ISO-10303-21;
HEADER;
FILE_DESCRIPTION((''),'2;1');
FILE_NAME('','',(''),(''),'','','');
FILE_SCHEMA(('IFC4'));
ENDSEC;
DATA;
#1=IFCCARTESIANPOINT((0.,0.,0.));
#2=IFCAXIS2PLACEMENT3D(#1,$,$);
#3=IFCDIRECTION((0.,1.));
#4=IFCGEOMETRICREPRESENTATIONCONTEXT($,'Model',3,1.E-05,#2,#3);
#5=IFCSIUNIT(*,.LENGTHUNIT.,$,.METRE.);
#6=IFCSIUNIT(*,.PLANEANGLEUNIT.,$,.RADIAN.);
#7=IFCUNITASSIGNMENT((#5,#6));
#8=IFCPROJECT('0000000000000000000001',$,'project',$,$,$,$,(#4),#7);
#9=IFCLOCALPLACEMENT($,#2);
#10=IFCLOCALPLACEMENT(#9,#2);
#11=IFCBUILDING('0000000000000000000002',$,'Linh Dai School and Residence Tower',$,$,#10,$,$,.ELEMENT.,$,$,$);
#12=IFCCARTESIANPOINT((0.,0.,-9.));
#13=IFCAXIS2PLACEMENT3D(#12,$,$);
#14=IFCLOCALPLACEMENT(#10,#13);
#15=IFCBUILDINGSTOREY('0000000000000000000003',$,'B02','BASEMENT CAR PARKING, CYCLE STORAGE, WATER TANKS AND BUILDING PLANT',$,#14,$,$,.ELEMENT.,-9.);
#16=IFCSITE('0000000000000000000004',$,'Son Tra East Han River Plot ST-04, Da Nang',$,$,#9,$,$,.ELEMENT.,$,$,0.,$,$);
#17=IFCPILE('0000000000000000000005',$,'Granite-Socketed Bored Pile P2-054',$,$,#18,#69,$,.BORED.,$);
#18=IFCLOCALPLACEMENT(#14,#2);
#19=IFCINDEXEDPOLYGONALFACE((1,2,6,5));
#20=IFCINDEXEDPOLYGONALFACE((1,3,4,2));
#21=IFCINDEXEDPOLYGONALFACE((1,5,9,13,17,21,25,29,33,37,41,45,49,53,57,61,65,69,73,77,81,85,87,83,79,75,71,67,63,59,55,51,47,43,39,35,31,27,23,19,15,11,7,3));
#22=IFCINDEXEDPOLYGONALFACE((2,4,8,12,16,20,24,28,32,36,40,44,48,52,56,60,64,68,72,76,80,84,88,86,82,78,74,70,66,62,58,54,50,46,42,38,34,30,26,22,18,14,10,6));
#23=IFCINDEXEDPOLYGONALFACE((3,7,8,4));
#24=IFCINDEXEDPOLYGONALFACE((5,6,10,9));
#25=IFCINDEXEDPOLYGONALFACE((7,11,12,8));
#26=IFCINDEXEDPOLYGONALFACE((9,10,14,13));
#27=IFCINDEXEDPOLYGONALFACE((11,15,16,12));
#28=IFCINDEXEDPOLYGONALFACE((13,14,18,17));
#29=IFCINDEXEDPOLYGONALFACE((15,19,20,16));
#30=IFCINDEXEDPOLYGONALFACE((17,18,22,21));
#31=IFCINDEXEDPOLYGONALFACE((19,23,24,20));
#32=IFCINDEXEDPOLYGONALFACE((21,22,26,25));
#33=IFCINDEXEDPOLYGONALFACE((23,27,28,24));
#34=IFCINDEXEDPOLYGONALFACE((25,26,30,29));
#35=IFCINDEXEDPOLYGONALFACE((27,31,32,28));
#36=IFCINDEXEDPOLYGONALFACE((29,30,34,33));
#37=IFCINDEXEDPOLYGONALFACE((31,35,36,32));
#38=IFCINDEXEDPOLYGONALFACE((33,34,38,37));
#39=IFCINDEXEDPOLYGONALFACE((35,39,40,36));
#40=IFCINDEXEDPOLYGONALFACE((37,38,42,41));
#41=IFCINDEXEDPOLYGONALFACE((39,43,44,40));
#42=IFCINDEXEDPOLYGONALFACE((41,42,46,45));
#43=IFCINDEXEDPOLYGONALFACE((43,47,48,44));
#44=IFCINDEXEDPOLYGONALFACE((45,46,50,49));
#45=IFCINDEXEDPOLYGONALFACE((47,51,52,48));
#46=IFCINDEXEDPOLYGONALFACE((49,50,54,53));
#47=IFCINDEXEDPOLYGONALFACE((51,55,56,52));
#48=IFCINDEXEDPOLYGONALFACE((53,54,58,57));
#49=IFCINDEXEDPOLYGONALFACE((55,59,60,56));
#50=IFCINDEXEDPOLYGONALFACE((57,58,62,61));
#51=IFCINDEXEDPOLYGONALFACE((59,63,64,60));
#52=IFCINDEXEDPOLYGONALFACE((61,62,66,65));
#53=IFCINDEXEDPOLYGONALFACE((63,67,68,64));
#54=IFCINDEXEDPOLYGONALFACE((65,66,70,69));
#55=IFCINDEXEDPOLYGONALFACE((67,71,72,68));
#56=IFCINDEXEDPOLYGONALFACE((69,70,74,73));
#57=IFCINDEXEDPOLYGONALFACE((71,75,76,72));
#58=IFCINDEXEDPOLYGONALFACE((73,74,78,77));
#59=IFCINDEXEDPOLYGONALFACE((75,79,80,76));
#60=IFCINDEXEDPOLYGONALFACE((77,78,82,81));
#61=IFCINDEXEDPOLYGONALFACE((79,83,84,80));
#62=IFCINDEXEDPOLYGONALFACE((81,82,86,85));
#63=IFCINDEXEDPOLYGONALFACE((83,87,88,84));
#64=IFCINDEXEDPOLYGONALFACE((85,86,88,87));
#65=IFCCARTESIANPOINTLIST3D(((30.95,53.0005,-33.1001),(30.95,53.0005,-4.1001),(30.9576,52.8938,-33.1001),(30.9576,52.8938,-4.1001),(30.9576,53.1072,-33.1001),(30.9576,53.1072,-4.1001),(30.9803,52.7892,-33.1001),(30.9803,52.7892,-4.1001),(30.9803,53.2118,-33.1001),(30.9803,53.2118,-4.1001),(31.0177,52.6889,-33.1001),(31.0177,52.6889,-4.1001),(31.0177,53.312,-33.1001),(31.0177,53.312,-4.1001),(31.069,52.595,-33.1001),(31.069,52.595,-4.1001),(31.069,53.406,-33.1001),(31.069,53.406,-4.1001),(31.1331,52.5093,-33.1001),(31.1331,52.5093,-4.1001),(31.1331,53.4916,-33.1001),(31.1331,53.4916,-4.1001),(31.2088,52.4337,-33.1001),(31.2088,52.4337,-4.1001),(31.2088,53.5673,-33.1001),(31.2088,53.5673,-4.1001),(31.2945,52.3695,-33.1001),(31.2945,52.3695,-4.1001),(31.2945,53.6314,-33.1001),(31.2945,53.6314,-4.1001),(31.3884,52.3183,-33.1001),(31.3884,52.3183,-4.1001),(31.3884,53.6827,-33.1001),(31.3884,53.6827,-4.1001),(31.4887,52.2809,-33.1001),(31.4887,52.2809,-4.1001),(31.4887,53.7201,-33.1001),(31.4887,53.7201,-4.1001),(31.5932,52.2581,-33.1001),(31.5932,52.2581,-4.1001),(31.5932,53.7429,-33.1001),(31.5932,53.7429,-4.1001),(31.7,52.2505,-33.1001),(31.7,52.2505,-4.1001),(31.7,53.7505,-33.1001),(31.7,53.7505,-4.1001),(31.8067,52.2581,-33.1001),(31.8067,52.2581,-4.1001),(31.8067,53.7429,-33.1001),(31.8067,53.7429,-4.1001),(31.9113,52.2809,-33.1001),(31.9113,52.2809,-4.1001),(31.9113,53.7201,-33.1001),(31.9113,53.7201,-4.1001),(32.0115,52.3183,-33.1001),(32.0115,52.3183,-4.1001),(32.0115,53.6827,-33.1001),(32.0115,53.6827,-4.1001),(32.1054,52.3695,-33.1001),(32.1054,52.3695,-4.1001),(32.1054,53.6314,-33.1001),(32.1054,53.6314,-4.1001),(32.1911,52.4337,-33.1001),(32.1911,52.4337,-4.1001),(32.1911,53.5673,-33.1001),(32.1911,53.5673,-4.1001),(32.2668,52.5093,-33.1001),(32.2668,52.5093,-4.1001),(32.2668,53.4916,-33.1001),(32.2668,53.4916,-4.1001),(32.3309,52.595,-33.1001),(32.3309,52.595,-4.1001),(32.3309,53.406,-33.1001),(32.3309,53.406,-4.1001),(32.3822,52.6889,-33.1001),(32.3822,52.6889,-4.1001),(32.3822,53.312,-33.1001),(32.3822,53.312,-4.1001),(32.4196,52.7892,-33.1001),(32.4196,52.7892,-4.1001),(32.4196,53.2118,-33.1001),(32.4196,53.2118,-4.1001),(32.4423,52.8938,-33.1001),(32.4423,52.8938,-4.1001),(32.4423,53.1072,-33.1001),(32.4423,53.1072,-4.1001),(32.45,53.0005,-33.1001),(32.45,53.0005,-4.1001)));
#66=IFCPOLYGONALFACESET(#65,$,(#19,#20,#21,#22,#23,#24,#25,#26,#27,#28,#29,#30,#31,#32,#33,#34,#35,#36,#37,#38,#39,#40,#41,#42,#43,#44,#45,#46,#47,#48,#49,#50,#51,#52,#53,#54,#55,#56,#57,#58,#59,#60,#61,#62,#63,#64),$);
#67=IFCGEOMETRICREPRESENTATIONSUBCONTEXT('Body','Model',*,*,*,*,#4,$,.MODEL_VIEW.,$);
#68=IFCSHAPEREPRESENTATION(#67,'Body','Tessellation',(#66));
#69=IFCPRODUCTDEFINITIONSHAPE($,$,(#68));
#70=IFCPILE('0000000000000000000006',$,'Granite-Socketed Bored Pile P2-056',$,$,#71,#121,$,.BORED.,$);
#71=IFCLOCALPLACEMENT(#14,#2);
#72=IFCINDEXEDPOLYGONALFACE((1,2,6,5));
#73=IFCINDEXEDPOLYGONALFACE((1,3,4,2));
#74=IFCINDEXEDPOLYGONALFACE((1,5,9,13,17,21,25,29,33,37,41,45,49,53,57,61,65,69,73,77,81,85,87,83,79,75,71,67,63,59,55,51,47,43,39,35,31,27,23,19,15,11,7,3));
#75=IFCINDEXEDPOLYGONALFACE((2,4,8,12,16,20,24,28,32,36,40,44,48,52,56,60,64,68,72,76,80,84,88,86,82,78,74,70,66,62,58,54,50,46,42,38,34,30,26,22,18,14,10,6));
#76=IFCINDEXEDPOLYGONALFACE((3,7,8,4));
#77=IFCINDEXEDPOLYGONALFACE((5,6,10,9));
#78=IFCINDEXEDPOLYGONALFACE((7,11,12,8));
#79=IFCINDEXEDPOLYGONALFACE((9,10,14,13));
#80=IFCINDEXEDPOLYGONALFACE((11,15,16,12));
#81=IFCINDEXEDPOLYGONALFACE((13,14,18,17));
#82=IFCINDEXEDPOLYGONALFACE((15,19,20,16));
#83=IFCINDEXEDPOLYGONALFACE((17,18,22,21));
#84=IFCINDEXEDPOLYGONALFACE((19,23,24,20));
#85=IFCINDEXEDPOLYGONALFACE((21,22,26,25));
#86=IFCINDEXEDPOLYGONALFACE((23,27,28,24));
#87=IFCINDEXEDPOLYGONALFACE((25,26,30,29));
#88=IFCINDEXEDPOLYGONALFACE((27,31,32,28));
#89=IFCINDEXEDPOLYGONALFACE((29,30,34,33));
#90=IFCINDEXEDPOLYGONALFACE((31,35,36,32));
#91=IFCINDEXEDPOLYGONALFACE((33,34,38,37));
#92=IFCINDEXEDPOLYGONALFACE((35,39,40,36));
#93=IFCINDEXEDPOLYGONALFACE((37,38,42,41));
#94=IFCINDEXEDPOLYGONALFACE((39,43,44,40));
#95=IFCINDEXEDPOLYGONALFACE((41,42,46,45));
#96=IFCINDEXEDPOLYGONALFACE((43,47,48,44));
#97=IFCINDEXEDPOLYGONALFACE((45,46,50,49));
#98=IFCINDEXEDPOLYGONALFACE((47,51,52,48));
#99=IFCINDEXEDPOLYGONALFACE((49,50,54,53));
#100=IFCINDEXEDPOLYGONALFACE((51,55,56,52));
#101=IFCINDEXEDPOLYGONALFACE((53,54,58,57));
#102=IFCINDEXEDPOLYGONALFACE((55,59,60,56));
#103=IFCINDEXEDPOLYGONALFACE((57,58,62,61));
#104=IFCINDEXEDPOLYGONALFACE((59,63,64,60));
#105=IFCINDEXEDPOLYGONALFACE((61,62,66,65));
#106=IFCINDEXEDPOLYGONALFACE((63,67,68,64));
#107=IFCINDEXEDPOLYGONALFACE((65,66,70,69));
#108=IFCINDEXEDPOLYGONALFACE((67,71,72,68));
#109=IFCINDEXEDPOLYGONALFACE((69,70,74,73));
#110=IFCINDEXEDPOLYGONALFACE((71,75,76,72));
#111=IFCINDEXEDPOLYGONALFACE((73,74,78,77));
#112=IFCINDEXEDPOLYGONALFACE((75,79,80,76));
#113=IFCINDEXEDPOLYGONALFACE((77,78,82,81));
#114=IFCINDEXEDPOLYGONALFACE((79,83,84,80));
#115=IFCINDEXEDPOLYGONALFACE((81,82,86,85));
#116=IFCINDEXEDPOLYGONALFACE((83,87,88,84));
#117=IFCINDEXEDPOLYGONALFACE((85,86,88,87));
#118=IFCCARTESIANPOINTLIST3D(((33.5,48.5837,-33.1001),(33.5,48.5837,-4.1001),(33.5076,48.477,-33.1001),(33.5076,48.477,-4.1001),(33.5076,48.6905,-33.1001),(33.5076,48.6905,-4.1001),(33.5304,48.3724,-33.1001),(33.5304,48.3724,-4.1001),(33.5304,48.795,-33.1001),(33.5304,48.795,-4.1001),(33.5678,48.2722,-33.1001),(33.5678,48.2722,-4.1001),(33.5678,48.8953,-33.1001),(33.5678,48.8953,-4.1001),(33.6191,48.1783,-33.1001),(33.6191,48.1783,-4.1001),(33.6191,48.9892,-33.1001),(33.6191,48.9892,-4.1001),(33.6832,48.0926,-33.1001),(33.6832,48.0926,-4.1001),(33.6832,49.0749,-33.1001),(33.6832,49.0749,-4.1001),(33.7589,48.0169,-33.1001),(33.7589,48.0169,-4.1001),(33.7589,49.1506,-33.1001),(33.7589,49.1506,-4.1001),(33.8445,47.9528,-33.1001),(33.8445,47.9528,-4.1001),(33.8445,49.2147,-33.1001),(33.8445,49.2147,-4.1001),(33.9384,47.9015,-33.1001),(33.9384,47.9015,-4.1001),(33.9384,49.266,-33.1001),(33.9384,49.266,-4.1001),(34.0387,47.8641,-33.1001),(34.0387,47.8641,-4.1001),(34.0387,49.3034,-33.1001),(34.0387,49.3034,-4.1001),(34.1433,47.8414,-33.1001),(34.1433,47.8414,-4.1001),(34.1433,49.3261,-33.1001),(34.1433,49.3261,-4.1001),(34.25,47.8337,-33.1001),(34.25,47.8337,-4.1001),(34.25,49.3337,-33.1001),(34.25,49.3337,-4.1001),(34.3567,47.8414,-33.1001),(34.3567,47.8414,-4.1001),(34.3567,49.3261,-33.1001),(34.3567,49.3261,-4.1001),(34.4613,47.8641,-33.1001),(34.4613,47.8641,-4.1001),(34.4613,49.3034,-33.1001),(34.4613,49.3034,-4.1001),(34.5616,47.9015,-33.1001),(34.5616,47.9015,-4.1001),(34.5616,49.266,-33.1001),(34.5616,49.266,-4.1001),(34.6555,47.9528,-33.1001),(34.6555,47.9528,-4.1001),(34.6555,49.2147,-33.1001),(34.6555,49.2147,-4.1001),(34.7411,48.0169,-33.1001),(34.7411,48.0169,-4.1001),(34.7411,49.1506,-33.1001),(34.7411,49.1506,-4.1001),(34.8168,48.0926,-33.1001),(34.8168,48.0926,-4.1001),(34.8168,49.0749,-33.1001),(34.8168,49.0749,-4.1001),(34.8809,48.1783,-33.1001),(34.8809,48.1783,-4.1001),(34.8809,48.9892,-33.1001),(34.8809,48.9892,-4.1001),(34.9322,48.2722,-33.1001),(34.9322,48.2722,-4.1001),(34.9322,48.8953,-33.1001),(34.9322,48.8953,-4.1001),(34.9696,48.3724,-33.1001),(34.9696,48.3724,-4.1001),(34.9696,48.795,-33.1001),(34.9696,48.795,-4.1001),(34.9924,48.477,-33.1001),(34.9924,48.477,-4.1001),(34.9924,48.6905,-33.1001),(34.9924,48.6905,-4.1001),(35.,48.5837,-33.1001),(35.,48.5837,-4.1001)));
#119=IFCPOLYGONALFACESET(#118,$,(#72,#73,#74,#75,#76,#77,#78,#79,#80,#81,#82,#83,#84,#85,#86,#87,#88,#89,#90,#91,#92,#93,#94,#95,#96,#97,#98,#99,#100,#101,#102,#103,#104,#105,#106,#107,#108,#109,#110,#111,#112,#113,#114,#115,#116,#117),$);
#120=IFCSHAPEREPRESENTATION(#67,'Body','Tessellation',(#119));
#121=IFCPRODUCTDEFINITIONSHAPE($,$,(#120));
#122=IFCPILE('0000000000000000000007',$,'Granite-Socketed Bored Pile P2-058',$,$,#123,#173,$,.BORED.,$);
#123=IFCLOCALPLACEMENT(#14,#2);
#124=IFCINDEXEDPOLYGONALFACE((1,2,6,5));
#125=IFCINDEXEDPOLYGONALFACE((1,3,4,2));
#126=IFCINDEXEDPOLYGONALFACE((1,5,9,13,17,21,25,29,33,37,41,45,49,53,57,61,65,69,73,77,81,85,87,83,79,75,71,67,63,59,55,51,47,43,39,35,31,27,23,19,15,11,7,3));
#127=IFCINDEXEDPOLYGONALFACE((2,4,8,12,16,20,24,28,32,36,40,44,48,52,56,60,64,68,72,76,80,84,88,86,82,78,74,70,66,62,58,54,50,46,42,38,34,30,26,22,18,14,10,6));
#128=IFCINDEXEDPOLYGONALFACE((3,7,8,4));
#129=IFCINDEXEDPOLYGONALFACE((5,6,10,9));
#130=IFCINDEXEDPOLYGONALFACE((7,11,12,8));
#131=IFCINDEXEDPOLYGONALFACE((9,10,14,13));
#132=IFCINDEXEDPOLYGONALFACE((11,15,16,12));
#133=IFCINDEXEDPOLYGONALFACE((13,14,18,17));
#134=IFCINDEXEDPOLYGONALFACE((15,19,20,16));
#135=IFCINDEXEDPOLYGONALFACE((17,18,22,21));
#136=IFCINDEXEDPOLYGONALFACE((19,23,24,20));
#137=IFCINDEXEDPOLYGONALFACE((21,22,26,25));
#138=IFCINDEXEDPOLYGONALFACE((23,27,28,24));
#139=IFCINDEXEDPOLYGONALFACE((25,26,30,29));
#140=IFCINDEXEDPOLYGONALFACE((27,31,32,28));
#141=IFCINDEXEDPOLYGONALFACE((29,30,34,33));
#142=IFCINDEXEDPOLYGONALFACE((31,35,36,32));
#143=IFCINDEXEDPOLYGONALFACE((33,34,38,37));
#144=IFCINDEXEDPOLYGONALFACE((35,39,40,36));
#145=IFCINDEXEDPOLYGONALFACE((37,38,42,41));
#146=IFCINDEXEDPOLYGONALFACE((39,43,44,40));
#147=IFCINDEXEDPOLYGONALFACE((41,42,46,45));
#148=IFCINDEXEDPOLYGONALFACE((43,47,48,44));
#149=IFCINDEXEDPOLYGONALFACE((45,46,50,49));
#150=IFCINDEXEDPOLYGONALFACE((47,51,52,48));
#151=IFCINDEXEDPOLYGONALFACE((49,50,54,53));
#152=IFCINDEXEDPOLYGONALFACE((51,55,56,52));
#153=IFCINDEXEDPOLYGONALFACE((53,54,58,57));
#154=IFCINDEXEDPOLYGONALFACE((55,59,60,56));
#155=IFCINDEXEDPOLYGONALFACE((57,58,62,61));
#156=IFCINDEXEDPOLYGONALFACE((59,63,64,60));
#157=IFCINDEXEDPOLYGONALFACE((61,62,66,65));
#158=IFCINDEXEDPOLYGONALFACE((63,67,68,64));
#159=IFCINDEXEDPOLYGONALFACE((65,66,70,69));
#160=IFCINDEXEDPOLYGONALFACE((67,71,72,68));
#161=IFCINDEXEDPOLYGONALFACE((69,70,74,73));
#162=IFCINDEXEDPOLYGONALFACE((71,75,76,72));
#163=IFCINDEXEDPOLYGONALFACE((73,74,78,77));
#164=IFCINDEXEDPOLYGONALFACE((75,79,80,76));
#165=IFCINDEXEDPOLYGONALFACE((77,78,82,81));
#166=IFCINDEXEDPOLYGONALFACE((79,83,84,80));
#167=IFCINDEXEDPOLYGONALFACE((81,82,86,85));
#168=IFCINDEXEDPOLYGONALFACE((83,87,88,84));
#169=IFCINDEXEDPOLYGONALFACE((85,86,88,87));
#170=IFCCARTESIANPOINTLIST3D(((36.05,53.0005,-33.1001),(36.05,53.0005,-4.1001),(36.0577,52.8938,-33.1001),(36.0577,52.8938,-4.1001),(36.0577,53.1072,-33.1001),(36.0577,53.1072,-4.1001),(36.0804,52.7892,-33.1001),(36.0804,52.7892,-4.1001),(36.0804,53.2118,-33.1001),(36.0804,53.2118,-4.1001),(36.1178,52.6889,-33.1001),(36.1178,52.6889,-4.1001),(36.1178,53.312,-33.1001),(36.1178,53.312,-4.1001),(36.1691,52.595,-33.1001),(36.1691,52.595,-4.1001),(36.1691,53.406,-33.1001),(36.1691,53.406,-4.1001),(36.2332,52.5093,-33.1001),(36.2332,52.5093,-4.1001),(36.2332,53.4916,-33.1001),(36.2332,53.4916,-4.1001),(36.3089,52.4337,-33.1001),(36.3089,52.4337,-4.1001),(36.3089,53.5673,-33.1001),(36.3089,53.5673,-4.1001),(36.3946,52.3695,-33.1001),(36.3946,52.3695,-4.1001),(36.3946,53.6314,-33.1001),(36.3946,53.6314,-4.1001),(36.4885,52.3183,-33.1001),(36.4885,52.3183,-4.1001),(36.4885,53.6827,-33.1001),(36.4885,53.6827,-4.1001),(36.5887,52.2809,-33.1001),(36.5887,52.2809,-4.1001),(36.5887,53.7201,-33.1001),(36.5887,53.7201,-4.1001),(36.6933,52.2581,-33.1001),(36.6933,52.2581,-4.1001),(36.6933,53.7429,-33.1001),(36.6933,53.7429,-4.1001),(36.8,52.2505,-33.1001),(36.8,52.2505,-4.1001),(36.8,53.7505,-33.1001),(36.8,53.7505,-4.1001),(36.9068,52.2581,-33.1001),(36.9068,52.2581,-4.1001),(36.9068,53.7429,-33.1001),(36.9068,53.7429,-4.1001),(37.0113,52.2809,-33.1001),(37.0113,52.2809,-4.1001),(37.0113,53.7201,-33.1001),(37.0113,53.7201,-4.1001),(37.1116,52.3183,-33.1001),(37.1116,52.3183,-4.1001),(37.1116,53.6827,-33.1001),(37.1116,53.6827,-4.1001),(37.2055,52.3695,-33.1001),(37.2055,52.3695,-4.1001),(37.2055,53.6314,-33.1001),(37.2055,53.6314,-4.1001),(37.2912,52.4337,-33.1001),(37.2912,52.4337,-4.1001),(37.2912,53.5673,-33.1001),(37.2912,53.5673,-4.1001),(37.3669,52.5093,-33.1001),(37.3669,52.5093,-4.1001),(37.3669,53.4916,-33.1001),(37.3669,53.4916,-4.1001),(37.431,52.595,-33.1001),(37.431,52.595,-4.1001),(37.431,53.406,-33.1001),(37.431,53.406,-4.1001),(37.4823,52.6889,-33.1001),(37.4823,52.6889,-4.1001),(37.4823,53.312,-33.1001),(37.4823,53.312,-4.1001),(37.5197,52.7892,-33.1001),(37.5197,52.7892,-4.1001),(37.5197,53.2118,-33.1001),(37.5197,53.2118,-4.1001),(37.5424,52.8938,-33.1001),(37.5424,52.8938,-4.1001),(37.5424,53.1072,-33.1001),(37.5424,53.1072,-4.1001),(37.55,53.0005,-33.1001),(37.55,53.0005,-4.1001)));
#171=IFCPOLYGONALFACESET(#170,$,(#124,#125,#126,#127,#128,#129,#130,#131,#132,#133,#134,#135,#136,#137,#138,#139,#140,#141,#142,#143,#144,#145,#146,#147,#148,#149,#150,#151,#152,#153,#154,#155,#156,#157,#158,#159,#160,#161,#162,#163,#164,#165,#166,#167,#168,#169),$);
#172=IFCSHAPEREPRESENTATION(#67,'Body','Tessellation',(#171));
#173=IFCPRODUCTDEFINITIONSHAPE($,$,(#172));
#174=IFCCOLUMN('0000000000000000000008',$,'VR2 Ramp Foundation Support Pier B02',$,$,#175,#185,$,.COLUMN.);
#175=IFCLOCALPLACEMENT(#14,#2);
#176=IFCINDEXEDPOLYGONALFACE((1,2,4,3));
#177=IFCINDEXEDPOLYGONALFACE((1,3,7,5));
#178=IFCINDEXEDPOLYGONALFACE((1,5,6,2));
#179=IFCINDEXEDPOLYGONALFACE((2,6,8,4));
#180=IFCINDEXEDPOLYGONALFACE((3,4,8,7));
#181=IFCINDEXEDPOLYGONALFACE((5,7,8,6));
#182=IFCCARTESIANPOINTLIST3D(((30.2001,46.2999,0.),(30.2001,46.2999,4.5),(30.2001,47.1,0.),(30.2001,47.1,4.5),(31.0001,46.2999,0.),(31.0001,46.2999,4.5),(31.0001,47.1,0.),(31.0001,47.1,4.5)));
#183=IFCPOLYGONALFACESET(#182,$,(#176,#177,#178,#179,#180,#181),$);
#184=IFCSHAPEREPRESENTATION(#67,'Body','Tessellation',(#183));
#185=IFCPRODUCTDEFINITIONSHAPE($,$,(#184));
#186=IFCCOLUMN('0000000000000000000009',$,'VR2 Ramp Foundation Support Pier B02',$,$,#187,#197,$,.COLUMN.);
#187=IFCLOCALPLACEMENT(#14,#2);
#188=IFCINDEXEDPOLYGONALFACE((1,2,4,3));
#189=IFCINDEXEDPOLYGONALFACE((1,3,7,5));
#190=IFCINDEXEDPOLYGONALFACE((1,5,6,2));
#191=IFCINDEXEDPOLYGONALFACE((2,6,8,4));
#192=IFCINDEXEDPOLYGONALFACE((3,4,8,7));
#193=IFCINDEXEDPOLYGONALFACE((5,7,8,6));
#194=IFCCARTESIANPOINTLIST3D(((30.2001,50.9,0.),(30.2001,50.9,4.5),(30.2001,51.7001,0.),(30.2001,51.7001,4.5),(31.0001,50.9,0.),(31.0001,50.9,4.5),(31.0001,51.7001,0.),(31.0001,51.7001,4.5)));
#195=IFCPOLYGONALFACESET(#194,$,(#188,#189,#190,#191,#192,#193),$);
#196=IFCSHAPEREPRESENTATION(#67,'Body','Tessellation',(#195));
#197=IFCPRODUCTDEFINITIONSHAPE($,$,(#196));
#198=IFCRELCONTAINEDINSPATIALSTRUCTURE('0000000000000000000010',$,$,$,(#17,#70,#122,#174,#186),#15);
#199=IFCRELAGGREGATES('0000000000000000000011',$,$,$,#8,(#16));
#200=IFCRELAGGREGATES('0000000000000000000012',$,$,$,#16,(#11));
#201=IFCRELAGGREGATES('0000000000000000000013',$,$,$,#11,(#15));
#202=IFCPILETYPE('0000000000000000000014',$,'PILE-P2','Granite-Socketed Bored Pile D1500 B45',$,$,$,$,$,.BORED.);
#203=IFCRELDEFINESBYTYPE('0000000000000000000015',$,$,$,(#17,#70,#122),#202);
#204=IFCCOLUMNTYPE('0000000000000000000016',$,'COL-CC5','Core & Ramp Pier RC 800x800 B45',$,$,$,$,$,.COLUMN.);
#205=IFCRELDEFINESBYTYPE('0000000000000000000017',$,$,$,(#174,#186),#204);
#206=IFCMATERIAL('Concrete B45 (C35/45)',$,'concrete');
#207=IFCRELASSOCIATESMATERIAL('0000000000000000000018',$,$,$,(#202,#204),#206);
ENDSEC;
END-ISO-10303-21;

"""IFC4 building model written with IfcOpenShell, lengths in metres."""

from ifc_helpers import new_model, si_unit, direction, frame, origin, origin_2d, place, context, subcontext, project, spatial, rectangle, circle, extrude, material, material_profile, profile_set, type_object, element, save


model = new_model("IFC4")

# Units and contexts
model_context = context("Model", 3, precision=1e-05, world=origin(), true_north=direction((0.0, 1.0)))
body_context = subcontext(model_context, "Body", "Model", "MODEL_VIEW")
ifc_project = project(units=[si_unit("LENGTHUNIT", "METRE"), si_unit("PLANEANGLEUNIT", "RADIAN")], contexts=[model_context])

# Site, building, storey
site_placement = place(None, origin())
site = spatial("IfcSite", under=ifc_project, at=site_placement, Name="Son Tra East Han River Plot ST-04, Da Nang", CompositionType="ELEMENT", RefElevation=0.0)
building_placement = place(site_placement, origin())
building = spatial("IfcBuilding", under=site, at=building_placement, Name="Linh Dai School and Residence Tower", CompositionType="ELEMENT")
storey_placement = place(building_placement, frame((0.0, 0.0, -9.0)))
storey = spatial("IfcBuildingStorey", under=building, at=storey_placement, Name="B02", Description="BASEMENT CAR PARKING, CYCLE STORAGE, WATER TANKS AND BUILDING PLANT", CompositionType="ELEMENT", Elevation=-9.0)

# Piles
ifc_material_1 = material(Name="Concrete B45 (C35/45)", Category="concrete")
ifc_material_profile_1 = material_profile(ifc_material_1, circle(Radius=0.75, at=origin_2d()), Name="PILE D1500")
ifc_profile_set_1 = profile_set([ifc_material_profile_1], Name="Concrete B45 (C35/45)")
pile_type_1 = type_object("IfcPileType", Name="PILE-P2", Description="Granite-Socketed Bored Pile D1500 B45", PredefinedType="BORED", material=ifc_profile_set_1)
for number, where, z_axis, x_axis, name in (
    (1, (31.7, 53.0005, -4.1001), (0.0, 0.0, -1.0), (1.0, 0.0, 0.0), "Granite-Socketed Bored Pile P2-054"),
    (2, (34.25, 48.5837, -4.1001), (0.0, 0.0, -1.0), (1.0, 0.0, 0.0), "Granite-Socketed Bored Pile P2-056"),
    (3, (36.8, 53.0005, -4.1001), (0.0, 0.0, -1.0), (1.0, 0.0, 0.0), "Granite-Socketed Bored Pile P2-058"),
):
    element("IfcPile", number, at=place(storey_placement, frame(where, z_axis=z_axis, x_axis=x_axis)), inside=storey, type_object=pile_type_1, Name=name, PredefinedType="BORED", context=body_context, shape_type="SweptSolid", body=[
        extrude(circle(Radius=0.75, at=origin_2d()), origin(), (0.0, 0.0, 1.0), 29.0),
    ])

# Columns
ifc_material_profile_2 = material_profile(ifc_material_1, rectangle(XDim=0.8, YDim=0.8, at=origin_2d()), Name="RC 800x800")
ifc_profile_set_2 = profile_set([ifc_material_profile_2], Name="Concrete B45 (C35/45)")
column_type_1 = type_object("IfcColumnType", Name="COL-CC5", Description="Core & Ramp Pier RC 800x800 B45", PredefinedType="COLUMN", material=ifc_profile_set_2)
for number, where, z_axis, x_axis, name in (
    (4, (30.6001, 46.7, 0.0), (0.0, 0.0, 1.0), (1.0, 0.0, 0.0), "VR2 Ramp Foundation Support Pier B02"),
    (5, (30.6001, 51.3, 0.0), (0.0, 0.0, 1.0), (1.0, 0.0, 0.0), "VR2 Ramp Foundation Support Pier B02"),
):
    element("IfcColumn", number, at=place(storey_placement, frame(where, z_axis=z_axis, x_axis=x_axis)), inside=storey, type_object=column_type_1, Name=name, PredefinedType="COLUMN", context=body_context, shape_type="SweptSolid", body=[
        extrude(rectangle(XDim=0.8, YDim=0.8, at=origin_2d()), origin(), (0.0, 0.0, 1.0), 4.5),
    ])

save(model, "model.ifc")
